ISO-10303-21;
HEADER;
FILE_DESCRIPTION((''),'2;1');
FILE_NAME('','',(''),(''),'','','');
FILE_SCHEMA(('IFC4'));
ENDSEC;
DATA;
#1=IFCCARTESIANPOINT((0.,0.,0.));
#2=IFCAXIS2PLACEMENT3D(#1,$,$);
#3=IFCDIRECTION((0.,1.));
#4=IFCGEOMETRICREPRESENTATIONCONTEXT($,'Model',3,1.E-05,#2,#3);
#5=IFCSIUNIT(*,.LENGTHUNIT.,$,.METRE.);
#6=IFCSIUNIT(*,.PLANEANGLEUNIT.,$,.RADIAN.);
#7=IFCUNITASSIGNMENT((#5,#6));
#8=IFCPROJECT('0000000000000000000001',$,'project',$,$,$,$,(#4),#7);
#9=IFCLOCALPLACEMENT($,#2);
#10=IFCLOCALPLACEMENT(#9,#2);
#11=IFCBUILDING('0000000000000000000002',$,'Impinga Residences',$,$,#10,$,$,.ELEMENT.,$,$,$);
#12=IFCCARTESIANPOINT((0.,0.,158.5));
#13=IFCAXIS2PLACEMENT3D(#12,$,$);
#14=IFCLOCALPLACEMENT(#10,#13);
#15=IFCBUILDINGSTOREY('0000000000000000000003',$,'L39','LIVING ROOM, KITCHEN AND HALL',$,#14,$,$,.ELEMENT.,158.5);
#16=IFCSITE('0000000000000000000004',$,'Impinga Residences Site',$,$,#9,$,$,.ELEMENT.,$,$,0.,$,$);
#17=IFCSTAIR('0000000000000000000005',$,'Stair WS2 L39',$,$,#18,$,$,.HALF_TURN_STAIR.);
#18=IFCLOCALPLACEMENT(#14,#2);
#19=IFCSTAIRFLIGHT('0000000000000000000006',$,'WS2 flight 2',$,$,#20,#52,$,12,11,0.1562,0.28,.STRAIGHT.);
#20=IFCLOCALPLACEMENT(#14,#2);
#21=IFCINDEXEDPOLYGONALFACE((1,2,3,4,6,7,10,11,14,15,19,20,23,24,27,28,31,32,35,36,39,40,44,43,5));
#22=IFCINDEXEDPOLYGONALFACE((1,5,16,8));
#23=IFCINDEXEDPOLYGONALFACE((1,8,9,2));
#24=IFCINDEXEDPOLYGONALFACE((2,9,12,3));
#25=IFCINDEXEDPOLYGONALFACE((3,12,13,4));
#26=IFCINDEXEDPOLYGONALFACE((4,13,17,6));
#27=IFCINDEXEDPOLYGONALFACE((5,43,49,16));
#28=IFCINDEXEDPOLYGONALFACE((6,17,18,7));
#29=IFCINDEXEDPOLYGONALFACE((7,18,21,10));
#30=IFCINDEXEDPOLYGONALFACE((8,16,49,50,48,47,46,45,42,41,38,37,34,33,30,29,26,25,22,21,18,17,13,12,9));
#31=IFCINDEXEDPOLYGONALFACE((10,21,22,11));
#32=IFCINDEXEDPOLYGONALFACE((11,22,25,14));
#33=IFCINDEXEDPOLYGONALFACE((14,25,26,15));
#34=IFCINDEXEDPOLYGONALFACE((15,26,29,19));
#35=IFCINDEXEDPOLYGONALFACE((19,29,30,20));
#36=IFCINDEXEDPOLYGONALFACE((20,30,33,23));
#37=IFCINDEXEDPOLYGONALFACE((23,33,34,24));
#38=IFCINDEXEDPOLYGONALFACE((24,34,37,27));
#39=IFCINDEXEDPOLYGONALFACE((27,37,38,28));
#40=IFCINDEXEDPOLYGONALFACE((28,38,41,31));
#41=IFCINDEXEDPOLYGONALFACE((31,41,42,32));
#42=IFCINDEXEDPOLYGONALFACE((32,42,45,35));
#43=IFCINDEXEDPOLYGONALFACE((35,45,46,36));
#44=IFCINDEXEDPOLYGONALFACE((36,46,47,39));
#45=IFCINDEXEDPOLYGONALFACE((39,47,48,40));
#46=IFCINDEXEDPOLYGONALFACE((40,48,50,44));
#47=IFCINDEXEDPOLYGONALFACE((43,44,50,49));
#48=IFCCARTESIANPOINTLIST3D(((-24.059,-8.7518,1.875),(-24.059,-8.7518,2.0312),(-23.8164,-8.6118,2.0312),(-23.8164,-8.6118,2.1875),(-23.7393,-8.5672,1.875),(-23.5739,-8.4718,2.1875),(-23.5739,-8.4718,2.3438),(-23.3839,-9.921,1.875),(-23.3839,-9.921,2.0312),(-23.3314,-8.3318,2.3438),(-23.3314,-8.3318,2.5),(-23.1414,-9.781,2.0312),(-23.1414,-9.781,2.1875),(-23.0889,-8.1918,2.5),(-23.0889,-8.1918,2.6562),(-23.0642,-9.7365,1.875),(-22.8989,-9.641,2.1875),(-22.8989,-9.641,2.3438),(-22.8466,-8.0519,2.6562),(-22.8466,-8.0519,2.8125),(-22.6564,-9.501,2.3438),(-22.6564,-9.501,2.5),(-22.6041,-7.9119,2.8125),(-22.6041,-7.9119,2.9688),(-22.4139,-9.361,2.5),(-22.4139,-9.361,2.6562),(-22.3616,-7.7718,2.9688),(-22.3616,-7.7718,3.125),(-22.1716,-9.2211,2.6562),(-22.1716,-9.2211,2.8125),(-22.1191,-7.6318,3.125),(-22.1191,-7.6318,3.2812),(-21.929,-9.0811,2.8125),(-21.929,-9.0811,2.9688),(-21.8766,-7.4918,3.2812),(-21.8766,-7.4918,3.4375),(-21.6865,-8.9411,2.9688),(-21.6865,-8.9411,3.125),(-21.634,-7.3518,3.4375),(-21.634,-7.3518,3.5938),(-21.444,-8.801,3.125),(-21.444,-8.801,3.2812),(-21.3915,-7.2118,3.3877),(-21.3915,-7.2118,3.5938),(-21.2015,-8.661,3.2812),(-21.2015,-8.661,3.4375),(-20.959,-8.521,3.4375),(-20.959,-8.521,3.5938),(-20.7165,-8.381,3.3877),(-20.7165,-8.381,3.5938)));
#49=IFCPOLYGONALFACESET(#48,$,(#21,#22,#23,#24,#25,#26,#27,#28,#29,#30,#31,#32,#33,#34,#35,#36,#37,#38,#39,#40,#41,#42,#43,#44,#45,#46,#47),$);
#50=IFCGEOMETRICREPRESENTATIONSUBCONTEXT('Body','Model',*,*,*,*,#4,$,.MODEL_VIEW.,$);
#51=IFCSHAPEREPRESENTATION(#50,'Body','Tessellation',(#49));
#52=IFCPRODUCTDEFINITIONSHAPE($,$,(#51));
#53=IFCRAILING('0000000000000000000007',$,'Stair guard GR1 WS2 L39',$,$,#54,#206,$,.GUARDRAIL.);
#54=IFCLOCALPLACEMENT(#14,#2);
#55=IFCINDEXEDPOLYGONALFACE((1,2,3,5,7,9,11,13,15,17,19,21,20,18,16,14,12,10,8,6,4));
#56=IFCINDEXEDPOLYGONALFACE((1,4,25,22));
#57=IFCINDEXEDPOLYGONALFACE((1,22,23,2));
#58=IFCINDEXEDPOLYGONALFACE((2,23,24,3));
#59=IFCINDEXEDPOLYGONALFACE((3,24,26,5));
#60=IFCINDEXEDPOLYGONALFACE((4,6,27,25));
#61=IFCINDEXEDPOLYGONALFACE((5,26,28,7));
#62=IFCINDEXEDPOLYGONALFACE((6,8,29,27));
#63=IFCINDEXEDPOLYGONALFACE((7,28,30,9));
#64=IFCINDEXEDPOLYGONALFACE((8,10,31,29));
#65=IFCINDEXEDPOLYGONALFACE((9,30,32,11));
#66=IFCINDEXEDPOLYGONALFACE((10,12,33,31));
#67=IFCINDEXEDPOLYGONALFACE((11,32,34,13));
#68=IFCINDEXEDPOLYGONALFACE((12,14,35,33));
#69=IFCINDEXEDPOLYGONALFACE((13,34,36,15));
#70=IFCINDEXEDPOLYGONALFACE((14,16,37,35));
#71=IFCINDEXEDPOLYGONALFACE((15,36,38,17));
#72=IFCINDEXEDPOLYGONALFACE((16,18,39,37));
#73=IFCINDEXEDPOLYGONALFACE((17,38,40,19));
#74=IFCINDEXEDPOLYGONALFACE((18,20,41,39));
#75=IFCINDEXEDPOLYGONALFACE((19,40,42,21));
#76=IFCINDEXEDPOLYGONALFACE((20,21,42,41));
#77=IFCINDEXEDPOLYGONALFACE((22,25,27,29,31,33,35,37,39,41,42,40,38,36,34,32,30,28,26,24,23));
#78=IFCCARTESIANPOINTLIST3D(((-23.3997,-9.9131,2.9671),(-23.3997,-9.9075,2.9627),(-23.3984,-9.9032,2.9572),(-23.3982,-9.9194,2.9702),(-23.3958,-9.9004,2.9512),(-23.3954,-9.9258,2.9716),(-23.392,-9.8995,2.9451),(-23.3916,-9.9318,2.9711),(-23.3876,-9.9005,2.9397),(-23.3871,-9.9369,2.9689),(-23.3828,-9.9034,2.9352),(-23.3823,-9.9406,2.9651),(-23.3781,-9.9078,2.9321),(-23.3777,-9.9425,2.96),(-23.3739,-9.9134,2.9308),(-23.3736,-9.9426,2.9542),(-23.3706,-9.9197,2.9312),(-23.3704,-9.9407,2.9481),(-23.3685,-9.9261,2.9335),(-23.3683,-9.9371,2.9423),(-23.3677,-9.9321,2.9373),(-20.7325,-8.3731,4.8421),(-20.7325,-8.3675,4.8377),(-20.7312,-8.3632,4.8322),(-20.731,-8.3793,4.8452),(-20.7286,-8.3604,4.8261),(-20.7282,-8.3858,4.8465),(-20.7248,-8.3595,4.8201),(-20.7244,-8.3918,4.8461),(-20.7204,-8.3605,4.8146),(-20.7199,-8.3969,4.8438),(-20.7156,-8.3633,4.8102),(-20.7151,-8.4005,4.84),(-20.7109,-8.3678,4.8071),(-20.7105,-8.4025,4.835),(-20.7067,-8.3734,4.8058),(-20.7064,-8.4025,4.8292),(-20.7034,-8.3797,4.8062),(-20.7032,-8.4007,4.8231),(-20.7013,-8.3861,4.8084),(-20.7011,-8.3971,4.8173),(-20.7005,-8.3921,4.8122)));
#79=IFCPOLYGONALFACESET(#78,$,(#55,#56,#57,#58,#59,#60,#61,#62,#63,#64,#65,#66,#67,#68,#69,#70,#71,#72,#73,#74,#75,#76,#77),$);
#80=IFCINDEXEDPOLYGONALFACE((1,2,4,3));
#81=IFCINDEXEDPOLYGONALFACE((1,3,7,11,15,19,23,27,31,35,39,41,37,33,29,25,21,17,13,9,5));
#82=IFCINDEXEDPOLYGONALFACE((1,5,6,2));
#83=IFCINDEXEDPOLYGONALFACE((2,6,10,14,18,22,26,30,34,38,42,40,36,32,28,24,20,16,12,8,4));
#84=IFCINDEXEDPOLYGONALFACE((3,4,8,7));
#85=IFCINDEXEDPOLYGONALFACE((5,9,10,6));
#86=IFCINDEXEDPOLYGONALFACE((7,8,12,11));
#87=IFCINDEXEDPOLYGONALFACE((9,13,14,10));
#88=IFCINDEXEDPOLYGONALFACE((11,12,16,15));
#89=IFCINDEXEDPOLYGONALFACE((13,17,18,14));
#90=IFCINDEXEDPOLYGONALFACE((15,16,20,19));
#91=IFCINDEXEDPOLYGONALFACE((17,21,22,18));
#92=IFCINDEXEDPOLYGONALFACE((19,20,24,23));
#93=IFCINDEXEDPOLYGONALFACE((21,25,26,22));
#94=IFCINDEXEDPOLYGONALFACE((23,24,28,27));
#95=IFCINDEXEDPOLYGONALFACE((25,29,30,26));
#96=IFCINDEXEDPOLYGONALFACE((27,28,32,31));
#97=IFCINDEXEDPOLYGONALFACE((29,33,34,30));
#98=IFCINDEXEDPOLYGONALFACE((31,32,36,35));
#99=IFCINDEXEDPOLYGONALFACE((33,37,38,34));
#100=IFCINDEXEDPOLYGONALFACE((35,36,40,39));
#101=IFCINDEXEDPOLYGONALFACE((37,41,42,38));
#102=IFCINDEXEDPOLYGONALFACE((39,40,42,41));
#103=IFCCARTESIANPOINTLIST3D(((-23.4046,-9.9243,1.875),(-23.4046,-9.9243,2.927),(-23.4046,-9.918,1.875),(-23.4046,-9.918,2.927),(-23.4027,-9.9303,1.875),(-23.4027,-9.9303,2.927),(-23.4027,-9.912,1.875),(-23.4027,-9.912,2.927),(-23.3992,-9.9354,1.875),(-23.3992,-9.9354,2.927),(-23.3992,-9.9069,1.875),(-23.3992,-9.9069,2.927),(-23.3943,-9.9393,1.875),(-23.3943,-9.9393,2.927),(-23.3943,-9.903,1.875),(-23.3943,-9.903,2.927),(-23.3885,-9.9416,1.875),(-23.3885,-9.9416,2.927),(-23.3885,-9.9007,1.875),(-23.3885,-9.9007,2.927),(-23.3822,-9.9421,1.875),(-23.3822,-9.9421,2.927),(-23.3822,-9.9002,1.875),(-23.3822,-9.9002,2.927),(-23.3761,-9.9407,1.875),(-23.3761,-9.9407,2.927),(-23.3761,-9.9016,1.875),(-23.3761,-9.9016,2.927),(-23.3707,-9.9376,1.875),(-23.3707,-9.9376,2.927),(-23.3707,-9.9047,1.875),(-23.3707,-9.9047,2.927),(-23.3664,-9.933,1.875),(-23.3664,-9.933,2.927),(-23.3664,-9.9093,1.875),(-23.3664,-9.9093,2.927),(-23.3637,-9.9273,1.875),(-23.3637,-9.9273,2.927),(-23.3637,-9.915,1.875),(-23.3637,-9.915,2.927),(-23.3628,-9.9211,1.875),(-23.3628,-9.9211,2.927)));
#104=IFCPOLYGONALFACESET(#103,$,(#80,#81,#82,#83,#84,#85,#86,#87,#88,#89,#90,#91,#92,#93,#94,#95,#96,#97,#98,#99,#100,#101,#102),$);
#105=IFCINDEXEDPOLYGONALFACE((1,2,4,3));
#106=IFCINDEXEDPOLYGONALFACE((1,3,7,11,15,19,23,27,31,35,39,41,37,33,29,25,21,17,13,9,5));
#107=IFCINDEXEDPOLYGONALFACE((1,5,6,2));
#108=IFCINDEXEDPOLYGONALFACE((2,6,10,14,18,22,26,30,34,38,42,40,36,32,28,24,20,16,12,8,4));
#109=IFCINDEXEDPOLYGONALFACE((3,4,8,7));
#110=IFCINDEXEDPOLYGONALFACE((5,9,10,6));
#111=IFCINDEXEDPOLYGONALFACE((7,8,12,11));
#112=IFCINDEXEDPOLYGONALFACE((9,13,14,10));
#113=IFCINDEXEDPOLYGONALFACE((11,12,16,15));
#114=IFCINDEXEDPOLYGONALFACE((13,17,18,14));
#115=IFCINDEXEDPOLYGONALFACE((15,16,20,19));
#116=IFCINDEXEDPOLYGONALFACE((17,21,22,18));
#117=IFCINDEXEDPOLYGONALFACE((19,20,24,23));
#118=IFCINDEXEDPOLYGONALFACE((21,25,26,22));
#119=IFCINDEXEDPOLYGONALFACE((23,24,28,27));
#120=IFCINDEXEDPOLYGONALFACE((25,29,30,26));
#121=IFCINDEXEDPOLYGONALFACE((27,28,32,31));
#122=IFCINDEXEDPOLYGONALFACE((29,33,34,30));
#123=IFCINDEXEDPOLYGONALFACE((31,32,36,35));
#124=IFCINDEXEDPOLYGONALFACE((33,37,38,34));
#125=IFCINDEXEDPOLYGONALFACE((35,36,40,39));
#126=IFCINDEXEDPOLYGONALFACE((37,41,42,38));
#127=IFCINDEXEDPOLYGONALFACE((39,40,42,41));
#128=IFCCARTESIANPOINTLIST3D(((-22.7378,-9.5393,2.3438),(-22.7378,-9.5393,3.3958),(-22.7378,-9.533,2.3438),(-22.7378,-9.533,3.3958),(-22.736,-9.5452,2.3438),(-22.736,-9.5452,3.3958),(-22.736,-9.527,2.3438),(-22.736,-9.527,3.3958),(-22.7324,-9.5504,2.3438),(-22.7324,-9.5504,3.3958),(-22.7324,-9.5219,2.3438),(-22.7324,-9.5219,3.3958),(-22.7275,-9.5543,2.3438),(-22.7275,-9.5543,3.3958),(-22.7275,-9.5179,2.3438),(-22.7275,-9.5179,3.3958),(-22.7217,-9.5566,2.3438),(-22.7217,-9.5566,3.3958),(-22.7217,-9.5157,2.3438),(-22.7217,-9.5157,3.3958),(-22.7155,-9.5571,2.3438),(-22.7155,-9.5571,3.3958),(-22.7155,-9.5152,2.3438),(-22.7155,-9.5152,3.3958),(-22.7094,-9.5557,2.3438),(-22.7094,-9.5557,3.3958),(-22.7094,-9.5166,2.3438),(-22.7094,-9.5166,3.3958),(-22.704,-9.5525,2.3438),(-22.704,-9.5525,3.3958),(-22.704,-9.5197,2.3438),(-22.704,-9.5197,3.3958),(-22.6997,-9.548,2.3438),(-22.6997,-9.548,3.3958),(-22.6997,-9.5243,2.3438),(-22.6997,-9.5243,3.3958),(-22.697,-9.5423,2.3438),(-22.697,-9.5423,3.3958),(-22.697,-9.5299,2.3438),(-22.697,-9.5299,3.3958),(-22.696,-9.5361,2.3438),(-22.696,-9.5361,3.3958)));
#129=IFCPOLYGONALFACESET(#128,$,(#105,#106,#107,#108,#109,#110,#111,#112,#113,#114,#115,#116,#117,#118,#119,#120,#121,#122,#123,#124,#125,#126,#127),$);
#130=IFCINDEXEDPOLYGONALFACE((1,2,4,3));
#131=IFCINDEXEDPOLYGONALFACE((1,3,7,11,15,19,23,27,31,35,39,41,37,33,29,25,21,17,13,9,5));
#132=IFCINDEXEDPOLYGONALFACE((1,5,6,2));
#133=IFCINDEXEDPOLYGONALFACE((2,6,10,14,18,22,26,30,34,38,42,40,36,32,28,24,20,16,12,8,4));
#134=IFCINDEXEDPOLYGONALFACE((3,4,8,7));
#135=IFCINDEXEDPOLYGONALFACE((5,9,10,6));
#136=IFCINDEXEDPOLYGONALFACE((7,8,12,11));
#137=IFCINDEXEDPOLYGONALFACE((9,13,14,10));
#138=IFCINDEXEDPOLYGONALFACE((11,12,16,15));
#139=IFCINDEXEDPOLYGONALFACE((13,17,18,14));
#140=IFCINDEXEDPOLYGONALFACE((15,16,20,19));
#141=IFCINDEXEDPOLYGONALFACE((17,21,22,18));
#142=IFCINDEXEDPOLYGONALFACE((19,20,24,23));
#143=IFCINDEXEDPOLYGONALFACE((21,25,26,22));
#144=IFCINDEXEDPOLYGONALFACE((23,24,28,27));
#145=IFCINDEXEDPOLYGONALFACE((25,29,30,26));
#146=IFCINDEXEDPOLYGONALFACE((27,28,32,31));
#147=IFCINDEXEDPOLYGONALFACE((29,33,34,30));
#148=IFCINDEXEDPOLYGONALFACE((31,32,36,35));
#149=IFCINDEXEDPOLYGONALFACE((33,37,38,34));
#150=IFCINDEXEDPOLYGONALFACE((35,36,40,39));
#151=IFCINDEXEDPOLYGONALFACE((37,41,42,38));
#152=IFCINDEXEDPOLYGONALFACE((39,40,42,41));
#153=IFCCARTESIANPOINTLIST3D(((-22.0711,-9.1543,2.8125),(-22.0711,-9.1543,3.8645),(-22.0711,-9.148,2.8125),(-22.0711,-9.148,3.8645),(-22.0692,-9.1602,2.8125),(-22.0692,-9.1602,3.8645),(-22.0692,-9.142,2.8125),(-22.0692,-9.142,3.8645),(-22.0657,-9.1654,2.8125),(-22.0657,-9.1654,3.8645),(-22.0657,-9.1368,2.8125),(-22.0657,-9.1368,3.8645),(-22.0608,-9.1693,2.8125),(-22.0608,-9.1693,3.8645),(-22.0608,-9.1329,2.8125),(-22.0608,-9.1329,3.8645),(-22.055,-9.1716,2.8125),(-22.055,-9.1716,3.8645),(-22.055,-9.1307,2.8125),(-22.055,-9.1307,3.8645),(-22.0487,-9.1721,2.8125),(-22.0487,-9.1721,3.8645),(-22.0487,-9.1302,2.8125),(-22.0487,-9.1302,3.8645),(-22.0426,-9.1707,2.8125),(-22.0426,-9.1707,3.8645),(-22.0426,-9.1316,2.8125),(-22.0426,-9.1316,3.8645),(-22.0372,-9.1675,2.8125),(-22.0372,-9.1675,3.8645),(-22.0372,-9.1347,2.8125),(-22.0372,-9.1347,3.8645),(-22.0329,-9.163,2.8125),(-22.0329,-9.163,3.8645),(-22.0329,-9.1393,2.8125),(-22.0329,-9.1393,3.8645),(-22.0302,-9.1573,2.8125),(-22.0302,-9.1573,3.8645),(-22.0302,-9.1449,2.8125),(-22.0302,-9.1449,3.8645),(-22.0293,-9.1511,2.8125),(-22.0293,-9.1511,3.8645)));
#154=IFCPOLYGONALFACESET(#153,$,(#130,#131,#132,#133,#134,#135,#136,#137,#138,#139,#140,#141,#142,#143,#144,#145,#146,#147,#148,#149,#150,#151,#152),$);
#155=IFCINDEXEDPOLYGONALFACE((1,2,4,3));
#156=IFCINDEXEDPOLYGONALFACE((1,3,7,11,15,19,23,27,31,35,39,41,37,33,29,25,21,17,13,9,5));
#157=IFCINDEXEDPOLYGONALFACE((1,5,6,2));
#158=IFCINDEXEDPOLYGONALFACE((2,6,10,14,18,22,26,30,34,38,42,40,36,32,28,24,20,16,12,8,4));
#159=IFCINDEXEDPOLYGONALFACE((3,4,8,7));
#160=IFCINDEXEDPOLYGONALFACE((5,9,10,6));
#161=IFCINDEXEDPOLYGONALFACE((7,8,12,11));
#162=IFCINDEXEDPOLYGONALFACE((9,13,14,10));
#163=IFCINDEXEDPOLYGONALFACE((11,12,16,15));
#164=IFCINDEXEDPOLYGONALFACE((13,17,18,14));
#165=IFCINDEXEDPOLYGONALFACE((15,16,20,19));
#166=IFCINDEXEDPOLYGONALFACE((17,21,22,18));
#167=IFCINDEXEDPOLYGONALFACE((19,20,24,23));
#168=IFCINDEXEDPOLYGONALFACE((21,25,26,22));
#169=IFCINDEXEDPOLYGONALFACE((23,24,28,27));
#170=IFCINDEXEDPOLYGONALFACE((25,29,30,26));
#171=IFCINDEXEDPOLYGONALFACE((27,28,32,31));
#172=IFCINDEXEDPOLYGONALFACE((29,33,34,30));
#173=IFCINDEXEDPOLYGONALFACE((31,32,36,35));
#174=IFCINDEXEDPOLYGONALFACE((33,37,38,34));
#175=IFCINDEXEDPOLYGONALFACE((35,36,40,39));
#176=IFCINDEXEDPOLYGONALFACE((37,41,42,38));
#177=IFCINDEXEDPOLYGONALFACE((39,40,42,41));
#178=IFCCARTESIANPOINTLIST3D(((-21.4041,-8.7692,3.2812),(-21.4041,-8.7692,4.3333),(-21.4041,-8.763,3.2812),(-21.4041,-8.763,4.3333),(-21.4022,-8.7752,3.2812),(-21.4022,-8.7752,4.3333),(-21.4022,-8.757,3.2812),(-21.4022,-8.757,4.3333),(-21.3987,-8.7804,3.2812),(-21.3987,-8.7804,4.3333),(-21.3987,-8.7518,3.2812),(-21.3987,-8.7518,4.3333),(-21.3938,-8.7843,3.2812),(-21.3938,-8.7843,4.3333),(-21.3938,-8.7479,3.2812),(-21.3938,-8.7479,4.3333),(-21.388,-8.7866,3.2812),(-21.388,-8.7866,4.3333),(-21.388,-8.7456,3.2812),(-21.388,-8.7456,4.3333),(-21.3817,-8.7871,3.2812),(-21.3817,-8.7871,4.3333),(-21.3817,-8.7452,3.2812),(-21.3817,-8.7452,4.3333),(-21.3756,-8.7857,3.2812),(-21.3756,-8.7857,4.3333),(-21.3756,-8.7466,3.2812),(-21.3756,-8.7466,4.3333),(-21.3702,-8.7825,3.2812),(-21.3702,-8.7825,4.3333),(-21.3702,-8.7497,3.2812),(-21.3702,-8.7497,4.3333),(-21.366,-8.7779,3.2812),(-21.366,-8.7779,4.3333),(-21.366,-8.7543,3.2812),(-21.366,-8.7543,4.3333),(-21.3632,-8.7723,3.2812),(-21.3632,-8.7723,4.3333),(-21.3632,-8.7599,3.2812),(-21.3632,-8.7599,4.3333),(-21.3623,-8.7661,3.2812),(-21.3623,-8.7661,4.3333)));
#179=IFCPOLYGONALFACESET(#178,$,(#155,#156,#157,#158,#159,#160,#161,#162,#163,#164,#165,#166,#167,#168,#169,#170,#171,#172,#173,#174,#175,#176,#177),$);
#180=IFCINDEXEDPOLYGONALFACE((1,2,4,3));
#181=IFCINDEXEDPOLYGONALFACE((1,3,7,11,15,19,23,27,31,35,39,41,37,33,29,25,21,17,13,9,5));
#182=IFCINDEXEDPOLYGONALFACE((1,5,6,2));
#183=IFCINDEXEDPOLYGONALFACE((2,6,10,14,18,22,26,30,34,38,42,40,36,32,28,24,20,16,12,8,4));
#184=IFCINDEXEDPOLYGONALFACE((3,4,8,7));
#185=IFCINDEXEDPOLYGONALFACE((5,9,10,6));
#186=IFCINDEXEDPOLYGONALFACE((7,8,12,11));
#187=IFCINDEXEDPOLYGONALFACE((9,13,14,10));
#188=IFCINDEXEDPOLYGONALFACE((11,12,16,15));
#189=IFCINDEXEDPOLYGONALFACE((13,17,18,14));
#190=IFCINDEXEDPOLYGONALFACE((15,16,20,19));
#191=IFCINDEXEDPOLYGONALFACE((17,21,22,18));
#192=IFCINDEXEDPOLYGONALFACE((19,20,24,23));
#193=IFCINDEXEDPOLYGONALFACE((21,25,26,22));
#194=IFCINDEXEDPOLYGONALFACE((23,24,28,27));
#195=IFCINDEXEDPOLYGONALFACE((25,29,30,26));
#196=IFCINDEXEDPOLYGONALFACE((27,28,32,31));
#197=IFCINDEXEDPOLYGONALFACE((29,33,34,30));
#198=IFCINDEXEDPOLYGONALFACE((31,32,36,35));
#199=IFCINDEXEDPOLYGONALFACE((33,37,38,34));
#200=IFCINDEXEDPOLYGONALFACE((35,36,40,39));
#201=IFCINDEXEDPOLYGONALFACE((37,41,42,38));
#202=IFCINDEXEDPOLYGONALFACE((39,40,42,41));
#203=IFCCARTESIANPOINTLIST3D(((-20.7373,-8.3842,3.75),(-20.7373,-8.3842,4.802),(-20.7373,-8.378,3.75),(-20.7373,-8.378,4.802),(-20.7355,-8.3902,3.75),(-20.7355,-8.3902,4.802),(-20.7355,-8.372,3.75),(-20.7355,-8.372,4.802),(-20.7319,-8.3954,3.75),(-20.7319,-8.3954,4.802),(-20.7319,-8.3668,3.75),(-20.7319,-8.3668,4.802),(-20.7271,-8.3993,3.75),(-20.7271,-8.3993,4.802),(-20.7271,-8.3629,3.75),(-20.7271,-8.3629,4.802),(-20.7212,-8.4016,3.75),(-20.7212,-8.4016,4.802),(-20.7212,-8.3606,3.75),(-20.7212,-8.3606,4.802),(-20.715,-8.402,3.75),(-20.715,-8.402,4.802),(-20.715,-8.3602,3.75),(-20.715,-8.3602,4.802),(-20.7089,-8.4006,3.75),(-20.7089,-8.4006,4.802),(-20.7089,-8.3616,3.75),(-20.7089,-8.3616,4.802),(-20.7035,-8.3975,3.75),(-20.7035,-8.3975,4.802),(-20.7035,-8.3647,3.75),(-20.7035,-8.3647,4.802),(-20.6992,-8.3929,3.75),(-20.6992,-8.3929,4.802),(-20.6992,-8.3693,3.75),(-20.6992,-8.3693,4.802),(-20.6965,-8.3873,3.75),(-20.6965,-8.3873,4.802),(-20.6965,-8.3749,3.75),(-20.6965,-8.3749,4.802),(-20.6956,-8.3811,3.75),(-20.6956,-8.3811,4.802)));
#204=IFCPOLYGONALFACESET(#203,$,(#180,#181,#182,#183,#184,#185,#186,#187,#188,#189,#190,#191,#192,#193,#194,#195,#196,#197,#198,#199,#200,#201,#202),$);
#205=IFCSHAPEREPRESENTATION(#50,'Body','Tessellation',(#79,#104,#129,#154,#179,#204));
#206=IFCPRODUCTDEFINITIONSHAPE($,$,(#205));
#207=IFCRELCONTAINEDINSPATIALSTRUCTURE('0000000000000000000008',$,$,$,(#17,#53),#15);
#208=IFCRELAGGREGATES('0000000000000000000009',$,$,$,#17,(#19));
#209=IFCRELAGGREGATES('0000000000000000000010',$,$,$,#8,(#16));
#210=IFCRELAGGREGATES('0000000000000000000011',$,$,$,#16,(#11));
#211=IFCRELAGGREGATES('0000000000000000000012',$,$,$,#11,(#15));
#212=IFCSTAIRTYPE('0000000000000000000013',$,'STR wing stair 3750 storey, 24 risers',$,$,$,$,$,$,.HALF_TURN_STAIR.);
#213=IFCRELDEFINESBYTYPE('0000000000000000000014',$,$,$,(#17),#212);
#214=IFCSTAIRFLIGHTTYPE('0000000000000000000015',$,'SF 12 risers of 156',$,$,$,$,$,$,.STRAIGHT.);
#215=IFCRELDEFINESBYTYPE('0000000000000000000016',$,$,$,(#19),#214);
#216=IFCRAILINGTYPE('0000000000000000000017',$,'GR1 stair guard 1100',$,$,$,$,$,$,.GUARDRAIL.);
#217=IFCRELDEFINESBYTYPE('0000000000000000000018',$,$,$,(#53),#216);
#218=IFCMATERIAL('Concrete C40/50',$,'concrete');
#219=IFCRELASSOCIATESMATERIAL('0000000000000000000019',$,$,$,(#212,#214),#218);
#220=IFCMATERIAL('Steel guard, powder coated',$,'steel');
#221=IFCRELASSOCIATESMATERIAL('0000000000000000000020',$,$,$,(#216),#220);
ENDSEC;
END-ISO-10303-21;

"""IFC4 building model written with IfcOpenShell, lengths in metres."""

from ifc_helpers import new_model, si_unit, direction, frame, origin, origin_2d, place, context, subcontext, project, spatial, polyline, circle, outline, extrude, material, type_object, element, aggregate, save


model = new_model("IFC4")

# Units and contexts
model_context = context("Model", 3, precision=1e-05, world=origin(), true_north=direction((0.0, 1.0)))
body_context = subcontext(model_context, "Body", "Model", "MODEL_VIEW")
ifc_project = project(units=[si_unit("LENGTHUNIT", "METRE"), si_unit("PLANEANGLEUNIT", "RADIAN")], contexts=[model_context])

# Site, building, storey
site_placement = place(None, origin())
site = spatial("IfcSite", under=ifc_project, at=site_placement, Name="Impinga Residences Site", CompositionType="ELEMENT", RefElevation=0.0)
building_placement = place(site_placement, origin())
building = spatial("IfcBuilding", under=site, at=building_placement, Name="Impinga Residences", CompositionType="ELEMENT")
storey_placement = place(building_placement, frame((0.0, 0.0, 158.5)))
storey = spatial("IfcBuildingStorey", under=building, at=storey_placement, Name="L39", Description="LIVING ROOM, KITCHEN AND HALL", CompositionType="ELEMENT", Elevation=158.5)

# Stair, stair flight
ifc_material_1 = material(Name="Concrete C40/50", Category="concrete")
stair_type = type_object("IfcStairType", Name="STR wing stair 3750 storey, 24 risers", PredefinedType="HALF_TURN_STAIR", material=ifc_material_1)
stair_placement = place(storey_placement, origin())
stair = element("IfcStair", 1, at=stair_placement, inside=storey, type_object=stair_type, Name="Stair WS2 L39", PredefinedType="HALF_TURN_STAIR")
stair_flight_type = type_object("IfcStairFlightType", Name="SF 12 risers of 156", PredefinedType="STRAIGHT", material=ifc_material_1)
stair_flight_placement = place(storey_placement, frame((-23.7214, -9.3364, 1.875), z_axis=(0.0, 0.0, 1.0), x_axis=(0.866025, 0.5, 0.0)))
stair_flight = element("IfcStairFlight", 2, at=stair_flight_placement, type_object=stair_flight_type, Name="WS2 flight 2", NumberOfRisers=12, NumberOfTreads=11, PredefinedType="STRAIGHT", RiserHeight=0.1562, TreadLength=0.28, context=body_context, shape_type="SweptSolid", body=[
    extrude(outline(polyline([(0.0, 0.0), (0.0, 0.1562), (0.28, 0.1562), (0.28, 0.3125), (0.5601, 0.3125), (0.5601, 0.4688), (0.8401, 0.4688), (0.8401, 0.625), (1.1201, 0.625), (1.1201, 0.7812), (1.3999, 0.7812), (1.3999, 0.9375), (1.6799, 0.9375), (1.6799, 1.0938), (1.96, 1.0938), (1.96, 1.25), (2.24, 1.25), (2.24, 1.4062), (2.52, 1.4062), (2.52, 1.5625), (2.8, 1.5625), (2.8, 1.7188), (3.0801, 1.7188), (3.0801, 1.875), (3.0801, 1.5127), (0.3691, 0.0), (0.0, 0.0)])), frame((0.0, 0.675, 0.0), z_axis=(0.0, -1.0, 0.0), x_axis=(1.0, 0.0, 0.0)), (0.0, 0.0, 1.0), 1.3501),
])
aggregate(stair, [stair_flight])

# Railing
ifc_material_2 = material(Name="Steel guard, powder coated", Category="steel")
railing_type_1 = type_object("IfcRailingType", Name="GR1 stair guard 1100", PredefinedType="GUARDRAIL", material=ifc_material_2)
railing_1_placement = place(storey_placement, frame((-23.3838, -9.9211, 1.875)))
element("IfcRailing", 3, at=railing_1_placement, inside=storey, type_object=railing_type_1, Name="Stair guard GR1 WS2 L39", PredefinedType="GUARDRAIL", context=body_context, shape_type="SweptSolid", body=[
    extrude(circle(Radius=0.0239, at=origin_2d()), frame((0.0, 0.0, 1.0762), z_axis=(0.739716, 0.427105, 0.520002), x_axis=(-0.500027, 0.86601, 0.0)), (0.0, 0.0, 1.0), 3.6057),
    extrude(circle(Radius=0.021, at=origin_2d()), origin(), (0.0, 0.0, 1.0), 1.052),
    extrude(circle(Radius=0.021, at=origin_2d()), frame((0.6667, 0.385, 0.4688)), (0.0, 0.0, 1.0), 1.052),
    extrude(circle(Radius=0.021, at=origin_2d()), frame((1.3335, 0.77, 0.9375)), (0.0, 0.0, 1.0), 1.052),
    extrude(circle(Radius=0.021, at=origin_2d()), frame((2.0005, 1.155, 1.4062)), (0.0, 0.0, 1.0), 1.052),
    extrude(circle(Radius=0.021, at=origin_2d()), frame((2.6672, 1.54, 1.875)), (0.0, 0.0, 1.0), 1.052),
])

save(model, "model.ifc")
